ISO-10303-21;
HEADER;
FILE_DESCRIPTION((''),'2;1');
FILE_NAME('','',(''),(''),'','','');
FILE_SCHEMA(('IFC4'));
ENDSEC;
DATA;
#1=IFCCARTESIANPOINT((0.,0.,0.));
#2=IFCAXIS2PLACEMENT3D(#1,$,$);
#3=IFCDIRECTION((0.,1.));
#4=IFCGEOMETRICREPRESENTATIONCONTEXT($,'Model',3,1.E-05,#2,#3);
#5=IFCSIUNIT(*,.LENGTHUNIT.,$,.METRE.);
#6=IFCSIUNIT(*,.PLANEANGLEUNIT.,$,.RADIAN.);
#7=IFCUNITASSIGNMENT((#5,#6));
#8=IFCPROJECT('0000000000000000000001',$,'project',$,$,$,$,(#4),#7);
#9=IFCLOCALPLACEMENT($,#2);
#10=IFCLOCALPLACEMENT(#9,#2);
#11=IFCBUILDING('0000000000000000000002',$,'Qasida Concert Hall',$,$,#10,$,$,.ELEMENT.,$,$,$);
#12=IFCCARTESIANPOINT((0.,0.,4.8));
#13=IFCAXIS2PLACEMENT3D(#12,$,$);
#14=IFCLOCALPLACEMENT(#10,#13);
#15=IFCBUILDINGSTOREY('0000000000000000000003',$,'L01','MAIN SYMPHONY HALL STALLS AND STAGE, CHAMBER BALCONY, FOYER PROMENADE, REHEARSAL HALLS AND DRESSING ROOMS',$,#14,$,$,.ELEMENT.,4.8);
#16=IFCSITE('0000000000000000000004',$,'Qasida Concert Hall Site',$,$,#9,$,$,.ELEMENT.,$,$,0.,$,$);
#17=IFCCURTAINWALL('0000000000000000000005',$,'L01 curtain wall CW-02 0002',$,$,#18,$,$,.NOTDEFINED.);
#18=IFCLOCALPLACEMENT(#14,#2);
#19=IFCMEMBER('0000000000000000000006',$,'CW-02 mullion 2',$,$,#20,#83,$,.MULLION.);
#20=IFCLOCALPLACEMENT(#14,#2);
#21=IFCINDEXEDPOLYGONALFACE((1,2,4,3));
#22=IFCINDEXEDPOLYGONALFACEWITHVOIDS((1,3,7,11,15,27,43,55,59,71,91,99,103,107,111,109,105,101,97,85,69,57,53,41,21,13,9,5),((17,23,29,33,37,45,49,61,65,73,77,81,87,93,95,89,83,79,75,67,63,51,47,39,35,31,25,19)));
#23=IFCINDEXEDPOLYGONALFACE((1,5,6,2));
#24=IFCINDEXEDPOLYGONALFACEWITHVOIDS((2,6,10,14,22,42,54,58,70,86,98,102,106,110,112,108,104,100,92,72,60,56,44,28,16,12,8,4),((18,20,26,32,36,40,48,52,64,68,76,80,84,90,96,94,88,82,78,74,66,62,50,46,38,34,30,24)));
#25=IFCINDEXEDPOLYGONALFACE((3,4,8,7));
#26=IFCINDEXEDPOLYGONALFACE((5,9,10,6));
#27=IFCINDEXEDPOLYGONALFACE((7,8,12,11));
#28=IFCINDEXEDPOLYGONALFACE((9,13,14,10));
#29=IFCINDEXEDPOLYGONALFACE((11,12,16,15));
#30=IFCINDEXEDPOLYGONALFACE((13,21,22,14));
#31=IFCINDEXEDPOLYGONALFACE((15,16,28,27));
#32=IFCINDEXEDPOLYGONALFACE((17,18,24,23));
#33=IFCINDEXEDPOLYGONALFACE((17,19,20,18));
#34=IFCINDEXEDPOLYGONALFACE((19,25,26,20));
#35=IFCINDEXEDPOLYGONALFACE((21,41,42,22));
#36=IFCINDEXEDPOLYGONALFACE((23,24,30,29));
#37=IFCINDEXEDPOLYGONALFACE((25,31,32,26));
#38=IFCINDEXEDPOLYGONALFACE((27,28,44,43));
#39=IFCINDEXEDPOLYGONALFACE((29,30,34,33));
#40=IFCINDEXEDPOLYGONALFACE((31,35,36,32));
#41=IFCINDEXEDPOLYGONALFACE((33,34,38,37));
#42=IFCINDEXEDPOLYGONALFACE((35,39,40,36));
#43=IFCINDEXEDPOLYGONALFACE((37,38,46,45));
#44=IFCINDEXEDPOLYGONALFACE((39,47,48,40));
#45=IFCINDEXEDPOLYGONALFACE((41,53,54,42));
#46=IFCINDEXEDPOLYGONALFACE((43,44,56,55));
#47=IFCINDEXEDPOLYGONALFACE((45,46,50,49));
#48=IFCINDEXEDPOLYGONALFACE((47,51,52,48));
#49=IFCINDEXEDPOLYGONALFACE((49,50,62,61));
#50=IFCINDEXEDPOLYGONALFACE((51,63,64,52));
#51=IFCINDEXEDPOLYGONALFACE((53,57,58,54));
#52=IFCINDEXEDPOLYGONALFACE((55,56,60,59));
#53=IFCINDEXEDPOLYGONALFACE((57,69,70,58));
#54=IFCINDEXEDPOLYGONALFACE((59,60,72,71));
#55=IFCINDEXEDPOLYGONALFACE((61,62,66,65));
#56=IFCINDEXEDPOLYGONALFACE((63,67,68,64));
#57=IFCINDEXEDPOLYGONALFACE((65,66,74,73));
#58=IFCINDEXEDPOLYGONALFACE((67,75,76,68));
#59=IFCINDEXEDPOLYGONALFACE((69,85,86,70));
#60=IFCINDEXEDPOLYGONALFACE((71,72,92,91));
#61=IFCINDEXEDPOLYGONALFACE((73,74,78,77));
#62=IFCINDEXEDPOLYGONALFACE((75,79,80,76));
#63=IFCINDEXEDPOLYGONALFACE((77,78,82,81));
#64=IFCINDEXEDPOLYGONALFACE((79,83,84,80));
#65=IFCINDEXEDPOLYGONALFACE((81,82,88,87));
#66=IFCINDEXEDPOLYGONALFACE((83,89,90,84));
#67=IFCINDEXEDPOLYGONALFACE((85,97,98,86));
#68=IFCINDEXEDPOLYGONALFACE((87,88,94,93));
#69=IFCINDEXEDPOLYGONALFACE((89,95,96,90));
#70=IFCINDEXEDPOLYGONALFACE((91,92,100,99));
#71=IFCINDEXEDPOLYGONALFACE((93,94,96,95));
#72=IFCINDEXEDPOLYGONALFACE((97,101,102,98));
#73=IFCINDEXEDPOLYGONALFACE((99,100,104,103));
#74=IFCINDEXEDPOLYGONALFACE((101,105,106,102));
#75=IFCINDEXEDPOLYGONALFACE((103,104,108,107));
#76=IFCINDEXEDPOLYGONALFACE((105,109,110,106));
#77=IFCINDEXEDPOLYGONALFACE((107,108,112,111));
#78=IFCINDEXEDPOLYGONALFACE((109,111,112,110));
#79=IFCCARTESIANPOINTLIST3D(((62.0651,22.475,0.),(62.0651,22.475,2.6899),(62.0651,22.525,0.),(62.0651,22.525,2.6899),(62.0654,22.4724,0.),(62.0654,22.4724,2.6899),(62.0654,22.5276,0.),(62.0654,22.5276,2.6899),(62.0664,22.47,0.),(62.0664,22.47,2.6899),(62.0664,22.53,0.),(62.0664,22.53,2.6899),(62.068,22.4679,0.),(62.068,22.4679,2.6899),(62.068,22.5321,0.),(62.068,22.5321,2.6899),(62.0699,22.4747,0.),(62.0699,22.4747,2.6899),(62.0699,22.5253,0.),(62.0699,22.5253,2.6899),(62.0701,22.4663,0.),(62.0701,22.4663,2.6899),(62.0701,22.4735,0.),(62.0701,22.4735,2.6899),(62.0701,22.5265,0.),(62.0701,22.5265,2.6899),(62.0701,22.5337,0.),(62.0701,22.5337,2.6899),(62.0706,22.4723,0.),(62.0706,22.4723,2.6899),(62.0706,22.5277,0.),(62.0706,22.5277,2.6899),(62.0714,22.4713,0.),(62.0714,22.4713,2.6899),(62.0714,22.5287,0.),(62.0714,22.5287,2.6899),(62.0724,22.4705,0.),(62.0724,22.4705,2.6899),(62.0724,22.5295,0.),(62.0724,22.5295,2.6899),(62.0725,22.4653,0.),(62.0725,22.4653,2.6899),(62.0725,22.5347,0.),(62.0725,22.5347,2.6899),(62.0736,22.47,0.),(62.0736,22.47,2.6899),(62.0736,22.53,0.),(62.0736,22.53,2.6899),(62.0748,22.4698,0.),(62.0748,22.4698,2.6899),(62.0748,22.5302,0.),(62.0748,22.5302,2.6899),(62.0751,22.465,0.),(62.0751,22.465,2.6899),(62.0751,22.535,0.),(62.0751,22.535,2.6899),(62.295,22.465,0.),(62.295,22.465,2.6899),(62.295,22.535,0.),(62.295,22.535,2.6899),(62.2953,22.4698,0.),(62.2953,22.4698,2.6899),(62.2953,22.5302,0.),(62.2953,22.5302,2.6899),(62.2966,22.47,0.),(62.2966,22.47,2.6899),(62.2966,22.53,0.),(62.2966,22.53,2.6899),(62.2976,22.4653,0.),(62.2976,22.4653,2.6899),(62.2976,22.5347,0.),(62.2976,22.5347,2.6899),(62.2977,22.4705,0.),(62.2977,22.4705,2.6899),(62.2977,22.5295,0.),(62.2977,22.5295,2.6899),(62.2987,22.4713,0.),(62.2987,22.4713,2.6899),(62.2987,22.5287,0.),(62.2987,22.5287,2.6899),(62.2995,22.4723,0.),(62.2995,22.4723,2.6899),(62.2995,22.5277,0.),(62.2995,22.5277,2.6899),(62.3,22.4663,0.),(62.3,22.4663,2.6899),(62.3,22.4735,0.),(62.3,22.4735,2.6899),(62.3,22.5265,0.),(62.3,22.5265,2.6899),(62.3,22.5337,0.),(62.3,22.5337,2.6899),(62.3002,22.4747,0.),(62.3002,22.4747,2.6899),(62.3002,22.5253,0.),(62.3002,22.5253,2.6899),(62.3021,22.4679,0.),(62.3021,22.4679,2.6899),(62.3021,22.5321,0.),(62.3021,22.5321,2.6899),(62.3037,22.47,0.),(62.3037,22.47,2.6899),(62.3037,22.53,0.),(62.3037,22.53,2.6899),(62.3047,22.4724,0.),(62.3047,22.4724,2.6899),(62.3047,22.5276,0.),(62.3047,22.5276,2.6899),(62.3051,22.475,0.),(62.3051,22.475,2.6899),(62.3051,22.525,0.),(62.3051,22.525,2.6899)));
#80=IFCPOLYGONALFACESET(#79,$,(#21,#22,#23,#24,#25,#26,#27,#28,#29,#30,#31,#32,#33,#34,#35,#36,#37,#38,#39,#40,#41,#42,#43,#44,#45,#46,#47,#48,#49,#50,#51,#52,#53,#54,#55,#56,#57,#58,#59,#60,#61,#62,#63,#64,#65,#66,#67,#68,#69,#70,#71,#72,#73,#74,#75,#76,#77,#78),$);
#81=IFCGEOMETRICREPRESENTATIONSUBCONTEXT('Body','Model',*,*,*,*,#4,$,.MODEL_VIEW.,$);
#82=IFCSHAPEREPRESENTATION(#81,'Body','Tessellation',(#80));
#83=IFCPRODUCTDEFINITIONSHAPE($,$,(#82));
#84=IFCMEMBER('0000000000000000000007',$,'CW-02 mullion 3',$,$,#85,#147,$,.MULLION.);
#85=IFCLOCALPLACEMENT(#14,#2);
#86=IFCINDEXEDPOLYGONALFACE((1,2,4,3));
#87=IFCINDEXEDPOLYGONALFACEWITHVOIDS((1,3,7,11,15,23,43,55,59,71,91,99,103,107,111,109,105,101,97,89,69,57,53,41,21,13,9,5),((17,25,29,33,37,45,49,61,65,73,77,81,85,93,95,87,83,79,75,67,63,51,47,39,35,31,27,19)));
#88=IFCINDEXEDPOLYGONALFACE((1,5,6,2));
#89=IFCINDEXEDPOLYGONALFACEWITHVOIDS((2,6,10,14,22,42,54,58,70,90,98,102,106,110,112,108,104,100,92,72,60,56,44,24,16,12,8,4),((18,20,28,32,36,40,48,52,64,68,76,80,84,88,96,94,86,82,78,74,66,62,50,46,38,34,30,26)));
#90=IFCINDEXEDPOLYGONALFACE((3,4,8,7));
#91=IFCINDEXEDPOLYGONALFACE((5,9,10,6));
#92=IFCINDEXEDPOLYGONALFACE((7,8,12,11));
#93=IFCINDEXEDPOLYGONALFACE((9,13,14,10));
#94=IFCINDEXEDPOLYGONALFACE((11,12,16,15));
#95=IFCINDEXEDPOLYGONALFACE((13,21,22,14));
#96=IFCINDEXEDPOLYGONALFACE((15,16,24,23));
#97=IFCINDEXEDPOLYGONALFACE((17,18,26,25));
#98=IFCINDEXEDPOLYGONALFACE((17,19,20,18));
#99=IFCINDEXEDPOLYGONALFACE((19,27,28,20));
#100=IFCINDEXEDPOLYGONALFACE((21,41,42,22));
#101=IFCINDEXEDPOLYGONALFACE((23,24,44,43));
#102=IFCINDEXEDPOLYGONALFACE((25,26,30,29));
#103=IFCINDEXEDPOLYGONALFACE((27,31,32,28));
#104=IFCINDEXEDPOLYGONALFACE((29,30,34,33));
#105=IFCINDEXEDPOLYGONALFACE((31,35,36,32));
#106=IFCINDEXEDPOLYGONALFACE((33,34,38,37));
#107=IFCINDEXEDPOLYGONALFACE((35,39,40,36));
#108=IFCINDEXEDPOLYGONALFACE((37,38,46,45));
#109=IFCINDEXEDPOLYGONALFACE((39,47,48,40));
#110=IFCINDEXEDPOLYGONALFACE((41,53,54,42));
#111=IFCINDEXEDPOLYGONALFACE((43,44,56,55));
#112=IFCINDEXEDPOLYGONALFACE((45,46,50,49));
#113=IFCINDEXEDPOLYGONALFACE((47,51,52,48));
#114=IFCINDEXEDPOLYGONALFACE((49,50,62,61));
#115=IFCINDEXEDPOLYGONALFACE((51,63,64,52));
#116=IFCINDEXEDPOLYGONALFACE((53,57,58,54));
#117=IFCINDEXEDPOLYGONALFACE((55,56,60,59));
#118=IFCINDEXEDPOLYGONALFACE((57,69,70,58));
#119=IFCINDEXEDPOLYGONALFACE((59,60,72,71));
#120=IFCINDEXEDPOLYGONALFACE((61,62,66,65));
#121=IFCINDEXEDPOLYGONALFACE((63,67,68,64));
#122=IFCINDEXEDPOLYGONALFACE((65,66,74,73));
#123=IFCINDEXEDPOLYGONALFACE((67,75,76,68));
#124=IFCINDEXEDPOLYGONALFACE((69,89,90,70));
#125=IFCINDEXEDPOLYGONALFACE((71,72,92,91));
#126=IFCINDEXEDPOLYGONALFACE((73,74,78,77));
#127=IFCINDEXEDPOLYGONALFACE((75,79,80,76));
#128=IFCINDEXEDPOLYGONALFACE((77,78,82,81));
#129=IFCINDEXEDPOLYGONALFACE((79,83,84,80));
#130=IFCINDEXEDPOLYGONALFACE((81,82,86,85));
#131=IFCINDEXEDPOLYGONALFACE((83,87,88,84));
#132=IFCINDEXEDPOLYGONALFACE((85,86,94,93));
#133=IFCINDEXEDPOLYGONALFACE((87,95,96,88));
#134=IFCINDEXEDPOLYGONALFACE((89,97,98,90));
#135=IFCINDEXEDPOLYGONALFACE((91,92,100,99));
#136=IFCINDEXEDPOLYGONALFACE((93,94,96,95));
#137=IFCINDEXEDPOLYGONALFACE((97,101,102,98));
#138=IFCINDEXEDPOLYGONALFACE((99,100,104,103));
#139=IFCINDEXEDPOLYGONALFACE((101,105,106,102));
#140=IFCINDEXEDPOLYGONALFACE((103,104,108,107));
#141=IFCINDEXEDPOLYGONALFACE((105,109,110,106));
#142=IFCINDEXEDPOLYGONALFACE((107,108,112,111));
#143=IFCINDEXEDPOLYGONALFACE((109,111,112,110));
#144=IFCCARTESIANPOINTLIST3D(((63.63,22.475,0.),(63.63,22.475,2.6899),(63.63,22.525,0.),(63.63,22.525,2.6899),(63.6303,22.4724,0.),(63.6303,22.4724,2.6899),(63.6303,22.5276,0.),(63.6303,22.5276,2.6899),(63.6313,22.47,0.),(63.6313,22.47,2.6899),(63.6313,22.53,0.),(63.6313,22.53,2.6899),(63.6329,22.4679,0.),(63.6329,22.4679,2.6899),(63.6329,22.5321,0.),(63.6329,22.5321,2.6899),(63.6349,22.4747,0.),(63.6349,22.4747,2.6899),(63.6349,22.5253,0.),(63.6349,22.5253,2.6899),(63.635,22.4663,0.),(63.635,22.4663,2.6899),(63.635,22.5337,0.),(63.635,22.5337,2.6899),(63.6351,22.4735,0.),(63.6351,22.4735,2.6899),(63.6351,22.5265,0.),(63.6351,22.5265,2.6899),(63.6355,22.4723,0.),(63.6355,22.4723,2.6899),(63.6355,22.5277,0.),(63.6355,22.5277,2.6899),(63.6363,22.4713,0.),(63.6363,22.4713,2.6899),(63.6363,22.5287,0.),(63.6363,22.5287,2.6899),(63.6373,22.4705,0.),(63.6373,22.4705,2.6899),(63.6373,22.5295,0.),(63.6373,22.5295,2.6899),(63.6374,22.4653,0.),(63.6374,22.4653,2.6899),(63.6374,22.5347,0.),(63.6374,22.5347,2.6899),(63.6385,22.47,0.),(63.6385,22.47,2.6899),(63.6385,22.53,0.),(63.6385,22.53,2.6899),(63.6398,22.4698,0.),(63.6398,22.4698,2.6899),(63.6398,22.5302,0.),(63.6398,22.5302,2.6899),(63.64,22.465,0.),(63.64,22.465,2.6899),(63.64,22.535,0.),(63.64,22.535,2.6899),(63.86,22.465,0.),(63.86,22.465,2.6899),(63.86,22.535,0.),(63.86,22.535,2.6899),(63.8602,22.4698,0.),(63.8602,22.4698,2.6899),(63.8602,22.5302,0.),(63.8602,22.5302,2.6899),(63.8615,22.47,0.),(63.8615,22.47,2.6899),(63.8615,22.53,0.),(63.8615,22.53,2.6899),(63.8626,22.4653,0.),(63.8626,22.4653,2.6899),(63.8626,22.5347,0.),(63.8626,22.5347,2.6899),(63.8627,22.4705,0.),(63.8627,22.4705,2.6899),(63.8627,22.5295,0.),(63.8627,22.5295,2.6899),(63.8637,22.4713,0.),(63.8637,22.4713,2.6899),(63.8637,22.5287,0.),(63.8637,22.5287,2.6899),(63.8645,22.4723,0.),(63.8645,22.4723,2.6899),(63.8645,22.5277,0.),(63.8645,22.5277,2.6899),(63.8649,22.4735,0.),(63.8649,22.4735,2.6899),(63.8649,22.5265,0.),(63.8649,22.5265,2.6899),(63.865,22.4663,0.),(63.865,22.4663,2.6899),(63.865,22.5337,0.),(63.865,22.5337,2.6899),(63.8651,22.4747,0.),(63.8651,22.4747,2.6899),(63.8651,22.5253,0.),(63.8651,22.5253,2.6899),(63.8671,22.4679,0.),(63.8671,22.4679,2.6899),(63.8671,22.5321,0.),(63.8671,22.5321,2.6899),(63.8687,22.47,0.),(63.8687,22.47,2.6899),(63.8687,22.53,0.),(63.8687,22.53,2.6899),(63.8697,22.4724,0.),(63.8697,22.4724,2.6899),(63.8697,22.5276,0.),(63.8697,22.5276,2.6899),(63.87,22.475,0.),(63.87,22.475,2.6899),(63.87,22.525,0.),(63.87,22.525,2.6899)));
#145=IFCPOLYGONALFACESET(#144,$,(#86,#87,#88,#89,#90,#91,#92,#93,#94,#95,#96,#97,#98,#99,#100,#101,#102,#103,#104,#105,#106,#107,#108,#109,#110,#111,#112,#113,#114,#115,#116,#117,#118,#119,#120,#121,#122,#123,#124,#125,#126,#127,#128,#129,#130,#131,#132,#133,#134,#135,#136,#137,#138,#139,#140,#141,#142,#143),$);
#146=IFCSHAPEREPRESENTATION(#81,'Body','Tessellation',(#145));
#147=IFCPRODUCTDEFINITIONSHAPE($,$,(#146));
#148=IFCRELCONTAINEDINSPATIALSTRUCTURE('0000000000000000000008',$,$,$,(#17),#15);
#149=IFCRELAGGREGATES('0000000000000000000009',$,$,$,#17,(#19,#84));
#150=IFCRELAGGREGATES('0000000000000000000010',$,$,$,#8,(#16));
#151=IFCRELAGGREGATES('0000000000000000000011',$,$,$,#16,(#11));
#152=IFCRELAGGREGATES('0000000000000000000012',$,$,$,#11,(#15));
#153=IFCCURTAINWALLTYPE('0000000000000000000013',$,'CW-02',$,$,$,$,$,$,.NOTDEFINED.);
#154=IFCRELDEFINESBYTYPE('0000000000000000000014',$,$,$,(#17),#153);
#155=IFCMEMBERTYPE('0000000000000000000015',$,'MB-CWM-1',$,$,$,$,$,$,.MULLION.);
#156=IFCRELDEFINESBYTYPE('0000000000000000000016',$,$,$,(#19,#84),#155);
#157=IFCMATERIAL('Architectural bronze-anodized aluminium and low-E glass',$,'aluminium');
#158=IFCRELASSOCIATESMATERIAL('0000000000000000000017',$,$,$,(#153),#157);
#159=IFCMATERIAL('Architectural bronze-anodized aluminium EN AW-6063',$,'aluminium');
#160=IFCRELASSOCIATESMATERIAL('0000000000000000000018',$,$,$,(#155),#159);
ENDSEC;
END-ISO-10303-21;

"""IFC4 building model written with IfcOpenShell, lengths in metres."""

from ifc_helpers import new_model, si_unit, direction, frame, origin, origin_2d, place, context, subcontext, project, spatial, hollow_rectangle, extrude, material, material_profile, profile_set, type_object, element, aggregate, save


model = new_model("IFC4")

# Units and contexts
model_context = context("Model", 3, precision=1e-05, world=origin(), true_north=direction((0.0, 1.0)))
body_context = subcontext(model_context, "Body", "Model", "MODEL_VIEW")
ifc_project = project(units=[si_unit("LENGTHUNIT", "METRE"), si_unit("PLANEANGLEUNIT", "RADIAN")], contexts=[model_context])

# Site, building, storey
site_placement = place(None, origin())
site = spatial("IfcSite", under=ifc_project, at=site_placement, Name="Qasida Concert Hall Site", CompositionType="ELEMENT", RefElevation=0.0)
building_placement = place(site_placement, origin())
building = spatial("IfcBuilding", under=site, at=building_placement, Name="Qasida Concert Hall", CompositionType="ELEMENT")
storey_placement = place(building_placement, frame((0.0, 0.0, 4.8)))
storey = spatial("IfcBuildingStorey", under=building, at=storey_placement, Name="L01", Description="MAIN SYMPHONY HALL STALLS AND STAGE, CHAMBER BALCONY, FOYER PROMENADE, REHEARSAL HALLS AND DRESSING ROOMS", CompositionType="ELEMENT", Elevation=4.8)

# Curtain wall, members
ifc_material_1 = material(Name="Architectural bronze-anodized aluminium and low-E glass", Category="aluminium")
curtain_wall_type = type_object("IfcCurtainWallType", Name="CW-02", PredefinedType="NOTDEFINED", material=ifc_material_1)
curtain_wall_placement = place(storey_placement, origin())
curtain_wall = element("IfcCurtainWall", 1, at=curtain_wall_placement, inside=storey, type_object=curtain_wall_type, Name="L01 curtain wall CW-02 0002", PredefinedType="NOTDEFINED")
ifc_material_2 = material(Name="Architectural bronze-anodized aluminium EN AW-6063", Category="aluminium")
ifc_material_profile_1 = material_profile(ifc_material_2, hollow_rectangle(XDim=0.0701, YDim=0.24, WallThickness=0.0049, InnerFilletRadius=0.0049, OuterFilletRadius=0.01, at=origin_2d()), Name="CWM 240x70x5")
ifc_profile_set_1 = profile_set([ifc_material_profile_1], Name="Architectural bronze-anodized aluminium EN AW-6063")
member_type_1 = type_object("IfcMemberType", Name="MB-CWM-1", PredefinedType="MULLION", material=ifc_profile_set_1)
member_1_placement = place(storey_placement, frame((62.1851, 22.5, 0.0), z_axis=(0.0, 0.0, 1.0), x_axis=(0.0, 1.0, 0.0)))
member_1 = element("IfcMember", 2, at=member_1_placement, type_object=member_type_1, Name="CW-02 mullion 2", PredefinedType="MULLION", context=body_context, shape_type="SweptSolid", body=[
    extrude(hollow_rectangle(XDim=0.0701, YDim=0.24, WallThickness=0.0049, InnerFilletRadius=0.0049, OuterFilletRadius=0.01, at=origin_2d()), origin(), (0.0, 0.0, 1.0), 2.6899),
])
member_2_placement = place(storey_placement, frame((63.75, 22.5, 0.0), z_axis=(0.0, 0.0, 1.0), x_axis=(0.0, 1.0, 0.0)))
member_2 = element("IfcMember", 3, at=member_2_placement, type_object=member_type_1, Name="CW-02 mullion 3", PredefinedType="MULLION", context=body_context, shape_type="SweptSolid", body=[
    extrude(hollow_rectangle(XDim=0.0701, YDim=0.24, WallThickness=0.0049, InnerFilletRadius=0.0049, OuterFilletRadius=0.01, at=origin_2d()), origin(), (0.0, 0.0, 1.0), 2.6899),
])
aggregate(curtain_wall, [member_1, member_2])

save(model, "model.ifc")
